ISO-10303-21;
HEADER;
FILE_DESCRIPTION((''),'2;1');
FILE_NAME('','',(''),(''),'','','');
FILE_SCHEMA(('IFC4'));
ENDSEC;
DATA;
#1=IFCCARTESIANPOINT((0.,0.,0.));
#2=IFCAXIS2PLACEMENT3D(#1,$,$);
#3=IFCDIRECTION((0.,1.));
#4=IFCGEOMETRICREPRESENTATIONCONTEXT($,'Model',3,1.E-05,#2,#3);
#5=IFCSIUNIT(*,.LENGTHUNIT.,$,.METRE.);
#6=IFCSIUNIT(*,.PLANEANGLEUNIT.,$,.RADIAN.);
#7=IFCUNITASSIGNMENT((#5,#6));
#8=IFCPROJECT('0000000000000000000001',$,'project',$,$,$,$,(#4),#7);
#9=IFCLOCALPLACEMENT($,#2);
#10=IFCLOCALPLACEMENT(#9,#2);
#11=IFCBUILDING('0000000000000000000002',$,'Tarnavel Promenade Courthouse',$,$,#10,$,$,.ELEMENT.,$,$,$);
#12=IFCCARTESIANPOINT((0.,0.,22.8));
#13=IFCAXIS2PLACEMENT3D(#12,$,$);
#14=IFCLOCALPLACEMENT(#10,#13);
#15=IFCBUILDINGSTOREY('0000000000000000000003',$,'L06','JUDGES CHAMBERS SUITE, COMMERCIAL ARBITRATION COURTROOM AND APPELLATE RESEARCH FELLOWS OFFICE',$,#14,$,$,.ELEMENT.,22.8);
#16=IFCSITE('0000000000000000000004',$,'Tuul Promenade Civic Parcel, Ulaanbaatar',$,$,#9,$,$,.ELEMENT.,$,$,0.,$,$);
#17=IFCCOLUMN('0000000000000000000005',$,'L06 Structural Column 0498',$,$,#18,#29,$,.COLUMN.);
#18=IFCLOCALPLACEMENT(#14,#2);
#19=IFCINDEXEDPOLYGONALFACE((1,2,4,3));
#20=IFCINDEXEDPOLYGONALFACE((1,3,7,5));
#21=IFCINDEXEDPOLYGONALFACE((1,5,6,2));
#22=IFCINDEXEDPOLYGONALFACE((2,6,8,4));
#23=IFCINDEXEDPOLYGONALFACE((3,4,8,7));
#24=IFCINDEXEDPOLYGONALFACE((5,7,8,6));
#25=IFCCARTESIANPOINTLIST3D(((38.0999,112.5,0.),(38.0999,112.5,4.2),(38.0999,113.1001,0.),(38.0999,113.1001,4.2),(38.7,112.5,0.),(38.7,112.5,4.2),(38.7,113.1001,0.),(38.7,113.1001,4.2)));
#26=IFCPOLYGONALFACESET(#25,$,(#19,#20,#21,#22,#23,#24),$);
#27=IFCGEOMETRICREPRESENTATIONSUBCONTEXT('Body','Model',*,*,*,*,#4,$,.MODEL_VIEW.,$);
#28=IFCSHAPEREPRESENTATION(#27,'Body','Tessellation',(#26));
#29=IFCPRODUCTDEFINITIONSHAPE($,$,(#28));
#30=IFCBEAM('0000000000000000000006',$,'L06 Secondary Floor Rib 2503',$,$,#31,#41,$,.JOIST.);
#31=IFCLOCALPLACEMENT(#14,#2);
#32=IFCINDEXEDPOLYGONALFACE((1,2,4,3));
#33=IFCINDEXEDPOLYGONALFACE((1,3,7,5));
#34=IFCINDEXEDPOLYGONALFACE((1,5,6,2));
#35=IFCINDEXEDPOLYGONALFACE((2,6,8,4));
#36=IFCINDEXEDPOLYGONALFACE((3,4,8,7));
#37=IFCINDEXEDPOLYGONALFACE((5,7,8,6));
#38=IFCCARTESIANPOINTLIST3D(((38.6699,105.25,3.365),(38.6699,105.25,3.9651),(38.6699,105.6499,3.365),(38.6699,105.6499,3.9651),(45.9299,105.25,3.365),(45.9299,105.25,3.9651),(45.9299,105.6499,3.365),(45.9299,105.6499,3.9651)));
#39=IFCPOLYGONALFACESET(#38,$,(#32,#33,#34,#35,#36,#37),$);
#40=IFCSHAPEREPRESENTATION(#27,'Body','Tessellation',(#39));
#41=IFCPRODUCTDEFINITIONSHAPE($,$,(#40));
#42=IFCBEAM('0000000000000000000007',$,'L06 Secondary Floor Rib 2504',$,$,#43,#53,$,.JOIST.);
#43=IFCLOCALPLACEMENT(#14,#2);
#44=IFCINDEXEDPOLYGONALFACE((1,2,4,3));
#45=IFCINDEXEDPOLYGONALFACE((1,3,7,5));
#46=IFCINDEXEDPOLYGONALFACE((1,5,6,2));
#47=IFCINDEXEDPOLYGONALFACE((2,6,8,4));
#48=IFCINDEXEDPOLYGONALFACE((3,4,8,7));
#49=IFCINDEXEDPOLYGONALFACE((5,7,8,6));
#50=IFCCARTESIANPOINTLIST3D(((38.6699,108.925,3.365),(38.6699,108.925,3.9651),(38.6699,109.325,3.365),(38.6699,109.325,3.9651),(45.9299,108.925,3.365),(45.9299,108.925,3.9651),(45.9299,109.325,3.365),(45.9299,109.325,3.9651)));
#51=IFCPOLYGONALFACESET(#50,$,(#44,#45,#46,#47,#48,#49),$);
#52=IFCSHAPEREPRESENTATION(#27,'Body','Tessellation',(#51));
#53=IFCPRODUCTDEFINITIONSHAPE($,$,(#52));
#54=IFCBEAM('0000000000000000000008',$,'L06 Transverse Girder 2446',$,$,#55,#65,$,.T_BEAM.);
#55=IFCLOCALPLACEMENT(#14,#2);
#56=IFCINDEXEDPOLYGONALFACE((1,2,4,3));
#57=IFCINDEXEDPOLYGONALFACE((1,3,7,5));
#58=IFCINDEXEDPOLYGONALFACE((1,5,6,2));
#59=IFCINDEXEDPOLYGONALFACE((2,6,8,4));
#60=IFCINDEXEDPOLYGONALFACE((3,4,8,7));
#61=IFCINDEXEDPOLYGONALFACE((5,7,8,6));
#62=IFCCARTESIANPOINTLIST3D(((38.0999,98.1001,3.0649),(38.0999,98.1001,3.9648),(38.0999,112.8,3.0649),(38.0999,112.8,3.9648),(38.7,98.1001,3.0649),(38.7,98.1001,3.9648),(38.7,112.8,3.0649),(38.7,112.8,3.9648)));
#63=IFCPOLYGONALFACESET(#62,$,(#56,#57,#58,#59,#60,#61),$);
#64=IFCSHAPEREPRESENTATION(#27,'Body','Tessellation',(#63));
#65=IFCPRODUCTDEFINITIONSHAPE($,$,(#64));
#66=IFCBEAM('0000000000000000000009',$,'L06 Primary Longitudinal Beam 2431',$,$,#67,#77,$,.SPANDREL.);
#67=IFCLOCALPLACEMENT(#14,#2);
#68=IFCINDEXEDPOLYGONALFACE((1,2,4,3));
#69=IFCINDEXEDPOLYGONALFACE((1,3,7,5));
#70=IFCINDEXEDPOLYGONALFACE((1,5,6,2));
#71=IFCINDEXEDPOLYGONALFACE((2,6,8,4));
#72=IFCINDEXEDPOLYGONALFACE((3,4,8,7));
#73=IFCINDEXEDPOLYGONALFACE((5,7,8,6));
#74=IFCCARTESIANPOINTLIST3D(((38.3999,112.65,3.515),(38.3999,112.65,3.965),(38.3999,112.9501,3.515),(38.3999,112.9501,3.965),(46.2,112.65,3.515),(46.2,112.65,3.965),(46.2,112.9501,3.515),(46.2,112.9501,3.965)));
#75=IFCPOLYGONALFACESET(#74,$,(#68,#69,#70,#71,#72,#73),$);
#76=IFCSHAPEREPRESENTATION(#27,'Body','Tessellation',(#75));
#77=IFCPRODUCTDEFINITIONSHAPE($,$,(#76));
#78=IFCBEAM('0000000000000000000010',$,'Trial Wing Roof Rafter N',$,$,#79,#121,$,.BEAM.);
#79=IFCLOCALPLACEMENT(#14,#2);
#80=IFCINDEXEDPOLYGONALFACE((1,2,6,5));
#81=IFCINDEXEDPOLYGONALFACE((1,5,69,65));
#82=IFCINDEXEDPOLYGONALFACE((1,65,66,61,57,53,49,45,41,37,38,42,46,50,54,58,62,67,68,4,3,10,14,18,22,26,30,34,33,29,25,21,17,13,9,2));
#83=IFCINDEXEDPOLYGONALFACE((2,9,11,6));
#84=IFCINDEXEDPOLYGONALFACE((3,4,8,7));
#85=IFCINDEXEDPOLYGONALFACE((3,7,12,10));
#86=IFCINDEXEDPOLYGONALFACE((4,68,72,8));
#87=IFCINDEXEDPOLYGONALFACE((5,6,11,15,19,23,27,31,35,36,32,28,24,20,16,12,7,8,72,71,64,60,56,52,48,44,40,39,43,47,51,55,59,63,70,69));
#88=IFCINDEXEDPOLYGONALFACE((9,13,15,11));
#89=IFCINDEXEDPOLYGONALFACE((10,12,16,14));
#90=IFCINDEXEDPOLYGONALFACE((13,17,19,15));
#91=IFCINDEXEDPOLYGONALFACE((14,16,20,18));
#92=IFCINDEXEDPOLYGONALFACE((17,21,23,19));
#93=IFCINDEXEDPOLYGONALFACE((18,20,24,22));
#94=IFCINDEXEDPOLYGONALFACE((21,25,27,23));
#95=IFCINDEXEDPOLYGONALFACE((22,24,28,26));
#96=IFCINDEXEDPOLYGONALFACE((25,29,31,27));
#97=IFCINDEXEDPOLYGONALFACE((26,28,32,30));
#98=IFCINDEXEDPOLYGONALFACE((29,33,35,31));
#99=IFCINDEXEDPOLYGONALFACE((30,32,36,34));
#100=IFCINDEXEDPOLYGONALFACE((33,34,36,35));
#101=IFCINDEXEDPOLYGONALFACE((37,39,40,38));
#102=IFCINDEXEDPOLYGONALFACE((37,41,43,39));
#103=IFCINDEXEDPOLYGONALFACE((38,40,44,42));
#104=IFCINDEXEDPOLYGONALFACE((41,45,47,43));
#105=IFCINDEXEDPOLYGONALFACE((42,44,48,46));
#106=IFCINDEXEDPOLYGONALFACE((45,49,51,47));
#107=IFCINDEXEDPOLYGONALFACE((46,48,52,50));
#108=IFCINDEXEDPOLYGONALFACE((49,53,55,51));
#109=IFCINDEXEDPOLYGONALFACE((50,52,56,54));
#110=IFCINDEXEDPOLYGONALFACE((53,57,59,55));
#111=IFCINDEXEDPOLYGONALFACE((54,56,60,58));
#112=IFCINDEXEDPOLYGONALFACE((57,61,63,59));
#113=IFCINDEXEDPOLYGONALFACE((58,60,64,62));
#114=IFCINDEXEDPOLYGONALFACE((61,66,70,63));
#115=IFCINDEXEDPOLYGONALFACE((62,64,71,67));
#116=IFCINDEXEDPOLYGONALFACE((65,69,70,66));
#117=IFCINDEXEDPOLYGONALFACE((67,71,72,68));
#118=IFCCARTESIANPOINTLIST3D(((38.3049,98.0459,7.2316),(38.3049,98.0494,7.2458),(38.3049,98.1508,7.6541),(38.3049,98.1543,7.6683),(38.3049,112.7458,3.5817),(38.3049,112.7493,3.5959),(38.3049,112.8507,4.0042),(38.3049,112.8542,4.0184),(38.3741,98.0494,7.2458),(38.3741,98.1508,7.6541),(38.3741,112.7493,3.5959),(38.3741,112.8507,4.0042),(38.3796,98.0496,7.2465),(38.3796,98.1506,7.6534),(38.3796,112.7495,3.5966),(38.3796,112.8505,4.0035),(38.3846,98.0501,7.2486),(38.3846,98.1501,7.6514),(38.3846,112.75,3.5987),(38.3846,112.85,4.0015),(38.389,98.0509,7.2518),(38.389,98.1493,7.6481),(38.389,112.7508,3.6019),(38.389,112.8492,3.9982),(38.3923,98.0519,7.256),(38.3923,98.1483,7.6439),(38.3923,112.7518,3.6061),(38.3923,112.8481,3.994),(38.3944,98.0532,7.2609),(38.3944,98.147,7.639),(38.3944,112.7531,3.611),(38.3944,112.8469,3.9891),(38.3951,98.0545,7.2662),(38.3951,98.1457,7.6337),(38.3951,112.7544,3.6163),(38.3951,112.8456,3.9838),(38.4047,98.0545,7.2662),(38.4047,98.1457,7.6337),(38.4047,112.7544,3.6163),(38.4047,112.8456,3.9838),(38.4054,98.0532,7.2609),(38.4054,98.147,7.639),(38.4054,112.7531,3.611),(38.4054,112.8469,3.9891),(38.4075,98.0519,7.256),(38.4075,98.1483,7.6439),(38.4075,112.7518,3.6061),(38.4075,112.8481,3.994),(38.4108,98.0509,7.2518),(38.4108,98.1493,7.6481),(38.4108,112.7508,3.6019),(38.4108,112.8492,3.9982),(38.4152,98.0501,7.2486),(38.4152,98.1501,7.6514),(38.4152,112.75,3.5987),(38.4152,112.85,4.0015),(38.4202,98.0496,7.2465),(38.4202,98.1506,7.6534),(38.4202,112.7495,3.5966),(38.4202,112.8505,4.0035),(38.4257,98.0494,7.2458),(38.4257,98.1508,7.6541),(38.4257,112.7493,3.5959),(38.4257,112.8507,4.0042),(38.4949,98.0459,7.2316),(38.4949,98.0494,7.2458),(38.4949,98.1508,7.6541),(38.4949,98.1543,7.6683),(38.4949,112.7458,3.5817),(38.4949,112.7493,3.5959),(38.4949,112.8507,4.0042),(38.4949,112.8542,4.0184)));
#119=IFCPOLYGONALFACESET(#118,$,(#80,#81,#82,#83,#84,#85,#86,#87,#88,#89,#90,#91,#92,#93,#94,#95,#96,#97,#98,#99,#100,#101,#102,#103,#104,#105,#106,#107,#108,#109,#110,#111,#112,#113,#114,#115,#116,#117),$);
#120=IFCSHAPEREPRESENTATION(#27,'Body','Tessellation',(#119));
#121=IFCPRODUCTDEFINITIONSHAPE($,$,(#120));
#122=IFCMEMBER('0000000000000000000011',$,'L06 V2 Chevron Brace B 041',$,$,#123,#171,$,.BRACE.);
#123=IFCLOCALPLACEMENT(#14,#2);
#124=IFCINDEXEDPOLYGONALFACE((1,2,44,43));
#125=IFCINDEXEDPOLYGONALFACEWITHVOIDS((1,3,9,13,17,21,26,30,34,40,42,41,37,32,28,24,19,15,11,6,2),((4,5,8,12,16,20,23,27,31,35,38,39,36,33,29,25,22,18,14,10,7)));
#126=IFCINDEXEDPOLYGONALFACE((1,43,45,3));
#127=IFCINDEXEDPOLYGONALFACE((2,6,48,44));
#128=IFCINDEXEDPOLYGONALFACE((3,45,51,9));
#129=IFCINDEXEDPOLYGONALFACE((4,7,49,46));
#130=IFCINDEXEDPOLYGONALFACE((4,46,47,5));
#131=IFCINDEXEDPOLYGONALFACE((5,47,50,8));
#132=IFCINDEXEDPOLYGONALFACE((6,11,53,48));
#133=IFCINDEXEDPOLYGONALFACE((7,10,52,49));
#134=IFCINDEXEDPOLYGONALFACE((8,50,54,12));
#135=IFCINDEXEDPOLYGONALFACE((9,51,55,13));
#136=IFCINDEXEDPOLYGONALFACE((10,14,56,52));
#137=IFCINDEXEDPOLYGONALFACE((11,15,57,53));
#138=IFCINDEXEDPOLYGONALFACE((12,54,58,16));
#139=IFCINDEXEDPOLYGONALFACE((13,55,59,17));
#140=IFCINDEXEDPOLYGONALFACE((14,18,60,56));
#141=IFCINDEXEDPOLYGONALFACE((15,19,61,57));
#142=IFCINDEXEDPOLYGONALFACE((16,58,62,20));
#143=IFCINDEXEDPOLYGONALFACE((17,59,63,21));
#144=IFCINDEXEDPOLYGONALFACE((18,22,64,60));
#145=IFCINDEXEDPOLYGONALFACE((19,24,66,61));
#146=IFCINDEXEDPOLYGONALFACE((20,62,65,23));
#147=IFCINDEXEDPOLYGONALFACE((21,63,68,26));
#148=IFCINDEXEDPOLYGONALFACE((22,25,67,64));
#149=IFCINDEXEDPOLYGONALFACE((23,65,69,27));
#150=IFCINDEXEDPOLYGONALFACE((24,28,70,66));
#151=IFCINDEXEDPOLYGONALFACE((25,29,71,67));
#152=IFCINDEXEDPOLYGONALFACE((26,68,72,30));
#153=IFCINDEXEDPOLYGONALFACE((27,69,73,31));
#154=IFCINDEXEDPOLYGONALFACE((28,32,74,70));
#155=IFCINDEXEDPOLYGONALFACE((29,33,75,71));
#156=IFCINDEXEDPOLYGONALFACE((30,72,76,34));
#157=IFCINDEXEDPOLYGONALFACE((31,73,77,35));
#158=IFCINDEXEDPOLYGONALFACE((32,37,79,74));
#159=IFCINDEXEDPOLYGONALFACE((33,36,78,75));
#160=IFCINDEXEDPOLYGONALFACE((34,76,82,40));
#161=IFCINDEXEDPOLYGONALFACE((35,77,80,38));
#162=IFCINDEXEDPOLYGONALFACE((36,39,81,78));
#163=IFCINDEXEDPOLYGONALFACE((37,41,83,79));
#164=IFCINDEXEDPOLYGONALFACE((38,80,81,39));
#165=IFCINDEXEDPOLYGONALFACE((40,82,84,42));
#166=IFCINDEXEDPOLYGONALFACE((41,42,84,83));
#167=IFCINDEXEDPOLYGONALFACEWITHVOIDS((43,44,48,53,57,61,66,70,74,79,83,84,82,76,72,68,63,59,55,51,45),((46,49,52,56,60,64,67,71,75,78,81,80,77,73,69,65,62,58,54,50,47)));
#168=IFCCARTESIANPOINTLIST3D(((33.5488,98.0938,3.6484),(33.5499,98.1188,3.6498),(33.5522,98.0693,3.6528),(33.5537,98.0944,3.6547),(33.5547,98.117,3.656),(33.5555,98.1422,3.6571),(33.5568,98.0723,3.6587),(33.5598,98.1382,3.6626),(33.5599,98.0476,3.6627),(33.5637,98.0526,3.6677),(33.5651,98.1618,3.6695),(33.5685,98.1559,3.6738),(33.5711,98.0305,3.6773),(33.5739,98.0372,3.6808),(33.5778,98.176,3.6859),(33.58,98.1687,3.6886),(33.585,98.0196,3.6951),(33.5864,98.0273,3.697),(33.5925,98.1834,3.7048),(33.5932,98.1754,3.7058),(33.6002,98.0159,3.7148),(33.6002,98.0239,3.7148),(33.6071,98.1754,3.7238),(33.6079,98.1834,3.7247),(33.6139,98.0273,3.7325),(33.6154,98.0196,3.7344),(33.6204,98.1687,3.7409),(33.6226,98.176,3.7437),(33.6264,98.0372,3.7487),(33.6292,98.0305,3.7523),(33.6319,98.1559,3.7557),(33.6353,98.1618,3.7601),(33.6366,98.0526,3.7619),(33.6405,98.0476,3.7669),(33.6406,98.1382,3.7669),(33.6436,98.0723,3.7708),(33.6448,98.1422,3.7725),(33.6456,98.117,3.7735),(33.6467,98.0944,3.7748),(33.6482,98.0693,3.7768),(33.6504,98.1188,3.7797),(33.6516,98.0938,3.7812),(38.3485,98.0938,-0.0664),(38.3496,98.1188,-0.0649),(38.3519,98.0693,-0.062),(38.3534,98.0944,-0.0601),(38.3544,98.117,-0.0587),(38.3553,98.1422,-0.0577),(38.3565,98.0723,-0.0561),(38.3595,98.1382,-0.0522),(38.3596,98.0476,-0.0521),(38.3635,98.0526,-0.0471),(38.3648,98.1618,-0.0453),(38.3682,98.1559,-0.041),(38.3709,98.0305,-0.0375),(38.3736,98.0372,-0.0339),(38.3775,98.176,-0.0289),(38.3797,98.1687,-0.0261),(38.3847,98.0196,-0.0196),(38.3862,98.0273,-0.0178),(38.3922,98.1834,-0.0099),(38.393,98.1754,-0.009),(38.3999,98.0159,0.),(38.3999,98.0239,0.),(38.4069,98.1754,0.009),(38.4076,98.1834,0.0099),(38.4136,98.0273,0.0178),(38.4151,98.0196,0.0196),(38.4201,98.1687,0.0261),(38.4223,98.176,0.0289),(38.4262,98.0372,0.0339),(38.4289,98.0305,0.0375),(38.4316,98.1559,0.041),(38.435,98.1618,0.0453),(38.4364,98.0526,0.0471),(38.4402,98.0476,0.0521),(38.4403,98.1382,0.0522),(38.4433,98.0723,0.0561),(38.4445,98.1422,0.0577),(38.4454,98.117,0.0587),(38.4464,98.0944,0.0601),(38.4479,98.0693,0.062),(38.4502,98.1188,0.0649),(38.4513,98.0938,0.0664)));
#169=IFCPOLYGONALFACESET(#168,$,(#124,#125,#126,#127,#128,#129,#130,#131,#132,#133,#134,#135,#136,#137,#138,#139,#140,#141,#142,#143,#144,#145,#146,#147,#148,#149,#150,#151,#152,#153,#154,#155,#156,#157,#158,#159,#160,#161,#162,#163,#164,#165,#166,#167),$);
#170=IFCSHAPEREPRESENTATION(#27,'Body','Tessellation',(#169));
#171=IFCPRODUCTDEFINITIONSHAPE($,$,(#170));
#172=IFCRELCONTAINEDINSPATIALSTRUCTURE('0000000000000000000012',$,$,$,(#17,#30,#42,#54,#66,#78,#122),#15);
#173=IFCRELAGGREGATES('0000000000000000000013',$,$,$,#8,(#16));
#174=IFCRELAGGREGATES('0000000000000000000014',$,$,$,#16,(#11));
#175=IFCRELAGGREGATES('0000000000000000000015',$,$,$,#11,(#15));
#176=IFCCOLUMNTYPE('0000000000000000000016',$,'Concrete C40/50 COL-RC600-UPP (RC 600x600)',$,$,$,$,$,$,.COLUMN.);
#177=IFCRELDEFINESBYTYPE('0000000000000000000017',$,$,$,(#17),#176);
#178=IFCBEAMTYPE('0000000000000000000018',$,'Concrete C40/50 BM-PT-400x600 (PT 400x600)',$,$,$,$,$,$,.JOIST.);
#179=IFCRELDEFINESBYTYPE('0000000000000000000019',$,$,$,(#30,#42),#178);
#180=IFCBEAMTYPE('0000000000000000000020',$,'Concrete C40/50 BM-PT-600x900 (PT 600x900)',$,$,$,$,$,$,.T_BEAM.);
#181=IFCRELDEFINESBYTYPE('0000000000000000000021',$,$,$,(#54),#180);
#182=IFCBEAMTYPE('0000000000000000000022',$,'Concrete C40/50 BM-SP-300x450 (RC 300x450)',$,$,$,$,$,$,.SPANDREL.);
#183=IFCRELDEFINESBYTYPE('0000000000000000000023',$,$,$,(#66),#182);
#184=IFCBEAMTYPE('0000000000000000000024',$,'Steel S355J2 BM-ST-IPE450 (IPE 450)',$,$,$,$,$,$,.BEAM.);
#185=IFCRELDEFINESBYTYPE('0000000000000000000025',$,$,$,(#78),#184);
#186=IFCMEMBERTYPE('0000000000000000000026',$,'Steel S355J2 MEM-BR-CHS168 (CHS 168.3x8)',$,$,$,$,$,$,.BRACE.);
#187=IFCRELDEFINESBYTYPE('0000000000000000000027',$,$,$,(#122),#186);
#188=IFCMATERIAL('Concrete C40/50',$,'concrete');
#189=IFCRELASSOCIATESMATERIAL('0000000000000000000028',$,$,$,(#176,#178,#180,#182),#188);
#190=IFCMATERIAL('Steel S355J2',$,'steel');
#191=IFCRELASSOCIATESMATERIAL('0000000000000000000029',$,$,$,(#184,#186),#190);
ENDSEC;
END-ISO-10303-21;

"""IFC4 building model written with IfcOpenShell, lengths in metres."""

from ifc_helpers import new_model, si_unit, direction, frame, origin, origin_2d, place, context, subcontext, project, spatial, rectangle, hollow_circle, i_section, extrude, material, material_profile, profile_set, type_object, element, save


model = new_model("IFC4")

# Units and contexts
model_context = context("Model", 3, precision=1e-05, world=origin(), true_north=direction((0.0, 1.0)))
body_context = subcontext(model_context, "Body", "Model", "MODEL_VIEW")
ifc_project = project(units=[si_unit("LENGTHUNIT", "METRE"), si_unit("PLANEANGLEUNIT", "RADIAN")], contexts=[model_context])

# Site, building, storey
site_placement = place(None, origin())
site = spatial("IfcSite", under=ifc_project, at=site_placement, Name="Tuul Promenade Civic Parcel, Ulaanbaatar", CompositionType="ELEMENT", RefElevation=0.0)
building_placement = place(site_placement, origin())
building = spatial("IfcBuilding", under=site, at=building_placement, Name="Tarnavel Promenade Courthouse", CompositionType="ELEMENT")
storey_placement = place(building_placement, frame((0.0, 0.0, 22.8)))
storey = spatial("IfcBuildingStorey", under=building, at=storey_placement, Name="L06", Description="JUDGES CHAMBERS SUITE, COMMERCIAL ARBITRATION COURTROOM AND APPELLATE RESEARCH FELLOWS OFFICE", CompositionType="ELEMENT", Elevation=22.8)

# Column
ifc_material_1 = material(Name="Concrete C40/50", Category="concrete")
ifc_material_profile_1 = material_profile(ifc_material_1, rectangle(XDim=0.6001, YDim=0.6001, at=origin_2d()), Name="RC 600x600")
ifc_profile_set_1 = profile_set([ifc_material_profile_1], Name="Concrete C40/50")
column_type = type_object("IfcColumnType", Name="Concrete C40/50 COL-RC600-UPP (RC 600x600)", PredefinedType="COLUMN", material=ifc_profile_set_1)
column_placement = place(storey_placement, frame((38.3999, 112.8, 0.0), z_axis=(0.0, 0.0, 1.0), x_axis=(1.0, 0.0, 0.0)))
element("IfcColumn", 1, at=column_placement, inside=storey, type_object=column_type, Name="L06 Structural Column 0498", PredefinedType="COLUMN", context=body_context, shape_type="SweptSolid", body=[
    extrude(rectangle(XDim=0.6001, YDim=0.6001, at=origin_2d()), origin(), (0.0, 0.0, 1.0), 4.2),
])

# Beams
ifc_material_profile_2 = material_profile(ifc_material_1, rectangle(XDim=0.3999, YDim=0.6001, at=origin_2d()), Name="PT 400x600")
ifc_profile_set_2 = profile_set([ifc_material_profile_2], Name="Concrete C40/50")
beam_type_1 = type_object("IfcBeamType", Name="Concrete C40/50 BM-PT-400x600 (PT 400x600)", PredefinedType="JOIST", material=ifc_profile_set_2)
for number, where, z_axis, x_axis, name in (
    (2, (38.6699, 105.45, 3.665), (1.0, 0.0, 0.0), (0.0, 1.0, 0.0), "L06 Secondary Floor Rib 2503"),
    (3, (38.6699, 109.125, 3.665), (1.0, 0.0, 0.0), (0.0, 1.0, 0.0), "L06 Secondary Floor Rib 2504"),
):
    element("IfcBeam", number, at=place(storey_placement, frame(where, z_axis=z_axis, x_axis=x_axis)), inside=storey, type_object=beam_type_1, Name=name, PredefinedType="JOIST", context=body_context, shape_type="SweptSolid", body=[
        extrude(rectangle(XDim=0.3999, YDim=0.6001, at=origin_2d()), origin(), (0.0, 0.0, 1.0), 7.26),
    ])
ifc_material_profile_3 = material_profile(ifc_material_1, rectangle(XDim=0.6001, YDim=0.8999, at=origin_2d()), Name="PT 600x900")
ifc_profile_set_3 = profile_set([ifc_material_profile_3], Name="Concrete C40/50")
beam_type_2 = type_object("IfcBeamType", Name="Concrete C40/50 BM-PT-600x900 (PT 600x900)", PredefinedType="T_BEAM", material=ifc_profile_set_3)
beam_1_placement = place(storey_placement, frame((38.3999, 98.1001, 3.5149), z_axis=(0.0, 1.0, 0.0), x_axis=(-1.0, 0.0, 0.0)))
element("IfcBeam", 4, at=beam_1_placement, inside=storey, type_object=beam_type_2, Name="L06 Transverse Girder 2446", PredefinedType="T_BEAM", context=body_context, shape_type="SweptSolid", body=[
    extrude(rectangle(XDim=0.6001, YDim=0.8999, at=origin_2d()), origin(), (0.0, 0.0, 1.0), 14.7),
])
ifc_material_profile_4 = material_profile(ifc_material_1, rectangle(XDim=0.3, YDim=0.45, at=origin_2d()), Name="RC 300x450")
ifc_profile_set_4 = profile_set([ifc_material_profile_4], Name="Concrete C40/50")
beam_type_3 = type_object("IfcBeamType", Name="Concrete C40/50 BM-SP-300x450 (RC 300x450)", PredefinedType="SPANDREL", material=ifc_profile_set_4)
beam_2_placement = place(storey_placement, frame((38.3999, 112.8, 3.74), z_axis=(1.0, 0.0, 0.0), x_axis=(0.0, 1.0, 0.0)))
element("IfcBeam", 5, at=beam_2_placement, inside=storey, type_object=beam_type_3, Name="L06 Primary Longitudinal Beam 2431", PredefinedType="SPANDREL", context=body_context, shape_type="SweptSolid", body=[
    extrude(rectangle(XDim=0.3, YDim=0.45, at=origin_2d()), origin(), (0.0, 0.0, 1.0), 7.8),
])
ifc_material_2 = material(Name="Steel S355J2", Category="steel")
ifc_material_profile_5 = material_profile(ifc_material_2, i_section(OverallWidth=0.1899, OverallDepth=0.45, WebThickness=0.0095, FlangeThickness=0.0146, FilletRadius=0.021, at=origin_2d()), Name="IPE 450")
ifc_profile_set_5 = profile_set([ifc_material_profile_5], Name="Steel S355J2")
beam_type_4 = type_object("IfcBeamType", Name="Steel S355J2 BM-ST-IPE450 (IPE 450)", PredefinedType="BEAM", material=ifc_profile_set_5)
beam_3_placement = place(storey_placement, frame((38.3999, 98.1001, 7.45), z_axis=(0.0, 0.970531, -0.240977), x_axis=(-1.0, 0.0, 0.0)))
element("IfcBeam", 6, at=beam_3_placement, inside=storey, type_object=beam_type_4, Name="Trial Wing Roof Rafter N", PredefinedType="BEAM", context=body_context, shape_type="SweptSolid", body=[
    extrude(i_section(OverallWidth=0.1899, OverallDepth=0.45, WebThickness=0.0095, FlangeThickness=0.0146, FilletRadius=0.021, at=origin_2d()), origin(), (0.0, 0.0, 1.0), 15.1462),
])

# Member
ifc_material_profile_6 = material_profile(ifc_material_2, hollow_circle(Radius=0.0842, WallThickness=0.0081, at=origin_2d()), Name="CHS 168.3x8")
ifc_profile_set_6 = profile_set([ifc_material_profile_6], Name="Steel S355J2")
member_type_1 = type_object("IfcMemberType", Name="Steel S355J2 MEM-BR-CHS168 (CHS 168.3x8)", PredefinedType="BRACE", material=ifc_profile_set_6)
member_1_placement = place(storey_placement, frame((38.3999, 98.1001, 0.0), z_axis=(-0.790814, 0.0, 0.612056), x_axis=(0.0, -1.0, 0.0)))
element("IfcMember", 7, at=member_1_placement, inside=storey, type_object=member_type_1, Name="L06 V2 Chevron Brace B 041", PredefinedType="BRACE", context=body_context, shape_type="SweptSolid", body=[
    extrude(hollow_circle(Radius=0.0842, WallThickness=0.0081, at=origin_2d()), origin(), (0.0, 0.0, 1.0), 6.0693),
])

save(model, "model.ifc")
